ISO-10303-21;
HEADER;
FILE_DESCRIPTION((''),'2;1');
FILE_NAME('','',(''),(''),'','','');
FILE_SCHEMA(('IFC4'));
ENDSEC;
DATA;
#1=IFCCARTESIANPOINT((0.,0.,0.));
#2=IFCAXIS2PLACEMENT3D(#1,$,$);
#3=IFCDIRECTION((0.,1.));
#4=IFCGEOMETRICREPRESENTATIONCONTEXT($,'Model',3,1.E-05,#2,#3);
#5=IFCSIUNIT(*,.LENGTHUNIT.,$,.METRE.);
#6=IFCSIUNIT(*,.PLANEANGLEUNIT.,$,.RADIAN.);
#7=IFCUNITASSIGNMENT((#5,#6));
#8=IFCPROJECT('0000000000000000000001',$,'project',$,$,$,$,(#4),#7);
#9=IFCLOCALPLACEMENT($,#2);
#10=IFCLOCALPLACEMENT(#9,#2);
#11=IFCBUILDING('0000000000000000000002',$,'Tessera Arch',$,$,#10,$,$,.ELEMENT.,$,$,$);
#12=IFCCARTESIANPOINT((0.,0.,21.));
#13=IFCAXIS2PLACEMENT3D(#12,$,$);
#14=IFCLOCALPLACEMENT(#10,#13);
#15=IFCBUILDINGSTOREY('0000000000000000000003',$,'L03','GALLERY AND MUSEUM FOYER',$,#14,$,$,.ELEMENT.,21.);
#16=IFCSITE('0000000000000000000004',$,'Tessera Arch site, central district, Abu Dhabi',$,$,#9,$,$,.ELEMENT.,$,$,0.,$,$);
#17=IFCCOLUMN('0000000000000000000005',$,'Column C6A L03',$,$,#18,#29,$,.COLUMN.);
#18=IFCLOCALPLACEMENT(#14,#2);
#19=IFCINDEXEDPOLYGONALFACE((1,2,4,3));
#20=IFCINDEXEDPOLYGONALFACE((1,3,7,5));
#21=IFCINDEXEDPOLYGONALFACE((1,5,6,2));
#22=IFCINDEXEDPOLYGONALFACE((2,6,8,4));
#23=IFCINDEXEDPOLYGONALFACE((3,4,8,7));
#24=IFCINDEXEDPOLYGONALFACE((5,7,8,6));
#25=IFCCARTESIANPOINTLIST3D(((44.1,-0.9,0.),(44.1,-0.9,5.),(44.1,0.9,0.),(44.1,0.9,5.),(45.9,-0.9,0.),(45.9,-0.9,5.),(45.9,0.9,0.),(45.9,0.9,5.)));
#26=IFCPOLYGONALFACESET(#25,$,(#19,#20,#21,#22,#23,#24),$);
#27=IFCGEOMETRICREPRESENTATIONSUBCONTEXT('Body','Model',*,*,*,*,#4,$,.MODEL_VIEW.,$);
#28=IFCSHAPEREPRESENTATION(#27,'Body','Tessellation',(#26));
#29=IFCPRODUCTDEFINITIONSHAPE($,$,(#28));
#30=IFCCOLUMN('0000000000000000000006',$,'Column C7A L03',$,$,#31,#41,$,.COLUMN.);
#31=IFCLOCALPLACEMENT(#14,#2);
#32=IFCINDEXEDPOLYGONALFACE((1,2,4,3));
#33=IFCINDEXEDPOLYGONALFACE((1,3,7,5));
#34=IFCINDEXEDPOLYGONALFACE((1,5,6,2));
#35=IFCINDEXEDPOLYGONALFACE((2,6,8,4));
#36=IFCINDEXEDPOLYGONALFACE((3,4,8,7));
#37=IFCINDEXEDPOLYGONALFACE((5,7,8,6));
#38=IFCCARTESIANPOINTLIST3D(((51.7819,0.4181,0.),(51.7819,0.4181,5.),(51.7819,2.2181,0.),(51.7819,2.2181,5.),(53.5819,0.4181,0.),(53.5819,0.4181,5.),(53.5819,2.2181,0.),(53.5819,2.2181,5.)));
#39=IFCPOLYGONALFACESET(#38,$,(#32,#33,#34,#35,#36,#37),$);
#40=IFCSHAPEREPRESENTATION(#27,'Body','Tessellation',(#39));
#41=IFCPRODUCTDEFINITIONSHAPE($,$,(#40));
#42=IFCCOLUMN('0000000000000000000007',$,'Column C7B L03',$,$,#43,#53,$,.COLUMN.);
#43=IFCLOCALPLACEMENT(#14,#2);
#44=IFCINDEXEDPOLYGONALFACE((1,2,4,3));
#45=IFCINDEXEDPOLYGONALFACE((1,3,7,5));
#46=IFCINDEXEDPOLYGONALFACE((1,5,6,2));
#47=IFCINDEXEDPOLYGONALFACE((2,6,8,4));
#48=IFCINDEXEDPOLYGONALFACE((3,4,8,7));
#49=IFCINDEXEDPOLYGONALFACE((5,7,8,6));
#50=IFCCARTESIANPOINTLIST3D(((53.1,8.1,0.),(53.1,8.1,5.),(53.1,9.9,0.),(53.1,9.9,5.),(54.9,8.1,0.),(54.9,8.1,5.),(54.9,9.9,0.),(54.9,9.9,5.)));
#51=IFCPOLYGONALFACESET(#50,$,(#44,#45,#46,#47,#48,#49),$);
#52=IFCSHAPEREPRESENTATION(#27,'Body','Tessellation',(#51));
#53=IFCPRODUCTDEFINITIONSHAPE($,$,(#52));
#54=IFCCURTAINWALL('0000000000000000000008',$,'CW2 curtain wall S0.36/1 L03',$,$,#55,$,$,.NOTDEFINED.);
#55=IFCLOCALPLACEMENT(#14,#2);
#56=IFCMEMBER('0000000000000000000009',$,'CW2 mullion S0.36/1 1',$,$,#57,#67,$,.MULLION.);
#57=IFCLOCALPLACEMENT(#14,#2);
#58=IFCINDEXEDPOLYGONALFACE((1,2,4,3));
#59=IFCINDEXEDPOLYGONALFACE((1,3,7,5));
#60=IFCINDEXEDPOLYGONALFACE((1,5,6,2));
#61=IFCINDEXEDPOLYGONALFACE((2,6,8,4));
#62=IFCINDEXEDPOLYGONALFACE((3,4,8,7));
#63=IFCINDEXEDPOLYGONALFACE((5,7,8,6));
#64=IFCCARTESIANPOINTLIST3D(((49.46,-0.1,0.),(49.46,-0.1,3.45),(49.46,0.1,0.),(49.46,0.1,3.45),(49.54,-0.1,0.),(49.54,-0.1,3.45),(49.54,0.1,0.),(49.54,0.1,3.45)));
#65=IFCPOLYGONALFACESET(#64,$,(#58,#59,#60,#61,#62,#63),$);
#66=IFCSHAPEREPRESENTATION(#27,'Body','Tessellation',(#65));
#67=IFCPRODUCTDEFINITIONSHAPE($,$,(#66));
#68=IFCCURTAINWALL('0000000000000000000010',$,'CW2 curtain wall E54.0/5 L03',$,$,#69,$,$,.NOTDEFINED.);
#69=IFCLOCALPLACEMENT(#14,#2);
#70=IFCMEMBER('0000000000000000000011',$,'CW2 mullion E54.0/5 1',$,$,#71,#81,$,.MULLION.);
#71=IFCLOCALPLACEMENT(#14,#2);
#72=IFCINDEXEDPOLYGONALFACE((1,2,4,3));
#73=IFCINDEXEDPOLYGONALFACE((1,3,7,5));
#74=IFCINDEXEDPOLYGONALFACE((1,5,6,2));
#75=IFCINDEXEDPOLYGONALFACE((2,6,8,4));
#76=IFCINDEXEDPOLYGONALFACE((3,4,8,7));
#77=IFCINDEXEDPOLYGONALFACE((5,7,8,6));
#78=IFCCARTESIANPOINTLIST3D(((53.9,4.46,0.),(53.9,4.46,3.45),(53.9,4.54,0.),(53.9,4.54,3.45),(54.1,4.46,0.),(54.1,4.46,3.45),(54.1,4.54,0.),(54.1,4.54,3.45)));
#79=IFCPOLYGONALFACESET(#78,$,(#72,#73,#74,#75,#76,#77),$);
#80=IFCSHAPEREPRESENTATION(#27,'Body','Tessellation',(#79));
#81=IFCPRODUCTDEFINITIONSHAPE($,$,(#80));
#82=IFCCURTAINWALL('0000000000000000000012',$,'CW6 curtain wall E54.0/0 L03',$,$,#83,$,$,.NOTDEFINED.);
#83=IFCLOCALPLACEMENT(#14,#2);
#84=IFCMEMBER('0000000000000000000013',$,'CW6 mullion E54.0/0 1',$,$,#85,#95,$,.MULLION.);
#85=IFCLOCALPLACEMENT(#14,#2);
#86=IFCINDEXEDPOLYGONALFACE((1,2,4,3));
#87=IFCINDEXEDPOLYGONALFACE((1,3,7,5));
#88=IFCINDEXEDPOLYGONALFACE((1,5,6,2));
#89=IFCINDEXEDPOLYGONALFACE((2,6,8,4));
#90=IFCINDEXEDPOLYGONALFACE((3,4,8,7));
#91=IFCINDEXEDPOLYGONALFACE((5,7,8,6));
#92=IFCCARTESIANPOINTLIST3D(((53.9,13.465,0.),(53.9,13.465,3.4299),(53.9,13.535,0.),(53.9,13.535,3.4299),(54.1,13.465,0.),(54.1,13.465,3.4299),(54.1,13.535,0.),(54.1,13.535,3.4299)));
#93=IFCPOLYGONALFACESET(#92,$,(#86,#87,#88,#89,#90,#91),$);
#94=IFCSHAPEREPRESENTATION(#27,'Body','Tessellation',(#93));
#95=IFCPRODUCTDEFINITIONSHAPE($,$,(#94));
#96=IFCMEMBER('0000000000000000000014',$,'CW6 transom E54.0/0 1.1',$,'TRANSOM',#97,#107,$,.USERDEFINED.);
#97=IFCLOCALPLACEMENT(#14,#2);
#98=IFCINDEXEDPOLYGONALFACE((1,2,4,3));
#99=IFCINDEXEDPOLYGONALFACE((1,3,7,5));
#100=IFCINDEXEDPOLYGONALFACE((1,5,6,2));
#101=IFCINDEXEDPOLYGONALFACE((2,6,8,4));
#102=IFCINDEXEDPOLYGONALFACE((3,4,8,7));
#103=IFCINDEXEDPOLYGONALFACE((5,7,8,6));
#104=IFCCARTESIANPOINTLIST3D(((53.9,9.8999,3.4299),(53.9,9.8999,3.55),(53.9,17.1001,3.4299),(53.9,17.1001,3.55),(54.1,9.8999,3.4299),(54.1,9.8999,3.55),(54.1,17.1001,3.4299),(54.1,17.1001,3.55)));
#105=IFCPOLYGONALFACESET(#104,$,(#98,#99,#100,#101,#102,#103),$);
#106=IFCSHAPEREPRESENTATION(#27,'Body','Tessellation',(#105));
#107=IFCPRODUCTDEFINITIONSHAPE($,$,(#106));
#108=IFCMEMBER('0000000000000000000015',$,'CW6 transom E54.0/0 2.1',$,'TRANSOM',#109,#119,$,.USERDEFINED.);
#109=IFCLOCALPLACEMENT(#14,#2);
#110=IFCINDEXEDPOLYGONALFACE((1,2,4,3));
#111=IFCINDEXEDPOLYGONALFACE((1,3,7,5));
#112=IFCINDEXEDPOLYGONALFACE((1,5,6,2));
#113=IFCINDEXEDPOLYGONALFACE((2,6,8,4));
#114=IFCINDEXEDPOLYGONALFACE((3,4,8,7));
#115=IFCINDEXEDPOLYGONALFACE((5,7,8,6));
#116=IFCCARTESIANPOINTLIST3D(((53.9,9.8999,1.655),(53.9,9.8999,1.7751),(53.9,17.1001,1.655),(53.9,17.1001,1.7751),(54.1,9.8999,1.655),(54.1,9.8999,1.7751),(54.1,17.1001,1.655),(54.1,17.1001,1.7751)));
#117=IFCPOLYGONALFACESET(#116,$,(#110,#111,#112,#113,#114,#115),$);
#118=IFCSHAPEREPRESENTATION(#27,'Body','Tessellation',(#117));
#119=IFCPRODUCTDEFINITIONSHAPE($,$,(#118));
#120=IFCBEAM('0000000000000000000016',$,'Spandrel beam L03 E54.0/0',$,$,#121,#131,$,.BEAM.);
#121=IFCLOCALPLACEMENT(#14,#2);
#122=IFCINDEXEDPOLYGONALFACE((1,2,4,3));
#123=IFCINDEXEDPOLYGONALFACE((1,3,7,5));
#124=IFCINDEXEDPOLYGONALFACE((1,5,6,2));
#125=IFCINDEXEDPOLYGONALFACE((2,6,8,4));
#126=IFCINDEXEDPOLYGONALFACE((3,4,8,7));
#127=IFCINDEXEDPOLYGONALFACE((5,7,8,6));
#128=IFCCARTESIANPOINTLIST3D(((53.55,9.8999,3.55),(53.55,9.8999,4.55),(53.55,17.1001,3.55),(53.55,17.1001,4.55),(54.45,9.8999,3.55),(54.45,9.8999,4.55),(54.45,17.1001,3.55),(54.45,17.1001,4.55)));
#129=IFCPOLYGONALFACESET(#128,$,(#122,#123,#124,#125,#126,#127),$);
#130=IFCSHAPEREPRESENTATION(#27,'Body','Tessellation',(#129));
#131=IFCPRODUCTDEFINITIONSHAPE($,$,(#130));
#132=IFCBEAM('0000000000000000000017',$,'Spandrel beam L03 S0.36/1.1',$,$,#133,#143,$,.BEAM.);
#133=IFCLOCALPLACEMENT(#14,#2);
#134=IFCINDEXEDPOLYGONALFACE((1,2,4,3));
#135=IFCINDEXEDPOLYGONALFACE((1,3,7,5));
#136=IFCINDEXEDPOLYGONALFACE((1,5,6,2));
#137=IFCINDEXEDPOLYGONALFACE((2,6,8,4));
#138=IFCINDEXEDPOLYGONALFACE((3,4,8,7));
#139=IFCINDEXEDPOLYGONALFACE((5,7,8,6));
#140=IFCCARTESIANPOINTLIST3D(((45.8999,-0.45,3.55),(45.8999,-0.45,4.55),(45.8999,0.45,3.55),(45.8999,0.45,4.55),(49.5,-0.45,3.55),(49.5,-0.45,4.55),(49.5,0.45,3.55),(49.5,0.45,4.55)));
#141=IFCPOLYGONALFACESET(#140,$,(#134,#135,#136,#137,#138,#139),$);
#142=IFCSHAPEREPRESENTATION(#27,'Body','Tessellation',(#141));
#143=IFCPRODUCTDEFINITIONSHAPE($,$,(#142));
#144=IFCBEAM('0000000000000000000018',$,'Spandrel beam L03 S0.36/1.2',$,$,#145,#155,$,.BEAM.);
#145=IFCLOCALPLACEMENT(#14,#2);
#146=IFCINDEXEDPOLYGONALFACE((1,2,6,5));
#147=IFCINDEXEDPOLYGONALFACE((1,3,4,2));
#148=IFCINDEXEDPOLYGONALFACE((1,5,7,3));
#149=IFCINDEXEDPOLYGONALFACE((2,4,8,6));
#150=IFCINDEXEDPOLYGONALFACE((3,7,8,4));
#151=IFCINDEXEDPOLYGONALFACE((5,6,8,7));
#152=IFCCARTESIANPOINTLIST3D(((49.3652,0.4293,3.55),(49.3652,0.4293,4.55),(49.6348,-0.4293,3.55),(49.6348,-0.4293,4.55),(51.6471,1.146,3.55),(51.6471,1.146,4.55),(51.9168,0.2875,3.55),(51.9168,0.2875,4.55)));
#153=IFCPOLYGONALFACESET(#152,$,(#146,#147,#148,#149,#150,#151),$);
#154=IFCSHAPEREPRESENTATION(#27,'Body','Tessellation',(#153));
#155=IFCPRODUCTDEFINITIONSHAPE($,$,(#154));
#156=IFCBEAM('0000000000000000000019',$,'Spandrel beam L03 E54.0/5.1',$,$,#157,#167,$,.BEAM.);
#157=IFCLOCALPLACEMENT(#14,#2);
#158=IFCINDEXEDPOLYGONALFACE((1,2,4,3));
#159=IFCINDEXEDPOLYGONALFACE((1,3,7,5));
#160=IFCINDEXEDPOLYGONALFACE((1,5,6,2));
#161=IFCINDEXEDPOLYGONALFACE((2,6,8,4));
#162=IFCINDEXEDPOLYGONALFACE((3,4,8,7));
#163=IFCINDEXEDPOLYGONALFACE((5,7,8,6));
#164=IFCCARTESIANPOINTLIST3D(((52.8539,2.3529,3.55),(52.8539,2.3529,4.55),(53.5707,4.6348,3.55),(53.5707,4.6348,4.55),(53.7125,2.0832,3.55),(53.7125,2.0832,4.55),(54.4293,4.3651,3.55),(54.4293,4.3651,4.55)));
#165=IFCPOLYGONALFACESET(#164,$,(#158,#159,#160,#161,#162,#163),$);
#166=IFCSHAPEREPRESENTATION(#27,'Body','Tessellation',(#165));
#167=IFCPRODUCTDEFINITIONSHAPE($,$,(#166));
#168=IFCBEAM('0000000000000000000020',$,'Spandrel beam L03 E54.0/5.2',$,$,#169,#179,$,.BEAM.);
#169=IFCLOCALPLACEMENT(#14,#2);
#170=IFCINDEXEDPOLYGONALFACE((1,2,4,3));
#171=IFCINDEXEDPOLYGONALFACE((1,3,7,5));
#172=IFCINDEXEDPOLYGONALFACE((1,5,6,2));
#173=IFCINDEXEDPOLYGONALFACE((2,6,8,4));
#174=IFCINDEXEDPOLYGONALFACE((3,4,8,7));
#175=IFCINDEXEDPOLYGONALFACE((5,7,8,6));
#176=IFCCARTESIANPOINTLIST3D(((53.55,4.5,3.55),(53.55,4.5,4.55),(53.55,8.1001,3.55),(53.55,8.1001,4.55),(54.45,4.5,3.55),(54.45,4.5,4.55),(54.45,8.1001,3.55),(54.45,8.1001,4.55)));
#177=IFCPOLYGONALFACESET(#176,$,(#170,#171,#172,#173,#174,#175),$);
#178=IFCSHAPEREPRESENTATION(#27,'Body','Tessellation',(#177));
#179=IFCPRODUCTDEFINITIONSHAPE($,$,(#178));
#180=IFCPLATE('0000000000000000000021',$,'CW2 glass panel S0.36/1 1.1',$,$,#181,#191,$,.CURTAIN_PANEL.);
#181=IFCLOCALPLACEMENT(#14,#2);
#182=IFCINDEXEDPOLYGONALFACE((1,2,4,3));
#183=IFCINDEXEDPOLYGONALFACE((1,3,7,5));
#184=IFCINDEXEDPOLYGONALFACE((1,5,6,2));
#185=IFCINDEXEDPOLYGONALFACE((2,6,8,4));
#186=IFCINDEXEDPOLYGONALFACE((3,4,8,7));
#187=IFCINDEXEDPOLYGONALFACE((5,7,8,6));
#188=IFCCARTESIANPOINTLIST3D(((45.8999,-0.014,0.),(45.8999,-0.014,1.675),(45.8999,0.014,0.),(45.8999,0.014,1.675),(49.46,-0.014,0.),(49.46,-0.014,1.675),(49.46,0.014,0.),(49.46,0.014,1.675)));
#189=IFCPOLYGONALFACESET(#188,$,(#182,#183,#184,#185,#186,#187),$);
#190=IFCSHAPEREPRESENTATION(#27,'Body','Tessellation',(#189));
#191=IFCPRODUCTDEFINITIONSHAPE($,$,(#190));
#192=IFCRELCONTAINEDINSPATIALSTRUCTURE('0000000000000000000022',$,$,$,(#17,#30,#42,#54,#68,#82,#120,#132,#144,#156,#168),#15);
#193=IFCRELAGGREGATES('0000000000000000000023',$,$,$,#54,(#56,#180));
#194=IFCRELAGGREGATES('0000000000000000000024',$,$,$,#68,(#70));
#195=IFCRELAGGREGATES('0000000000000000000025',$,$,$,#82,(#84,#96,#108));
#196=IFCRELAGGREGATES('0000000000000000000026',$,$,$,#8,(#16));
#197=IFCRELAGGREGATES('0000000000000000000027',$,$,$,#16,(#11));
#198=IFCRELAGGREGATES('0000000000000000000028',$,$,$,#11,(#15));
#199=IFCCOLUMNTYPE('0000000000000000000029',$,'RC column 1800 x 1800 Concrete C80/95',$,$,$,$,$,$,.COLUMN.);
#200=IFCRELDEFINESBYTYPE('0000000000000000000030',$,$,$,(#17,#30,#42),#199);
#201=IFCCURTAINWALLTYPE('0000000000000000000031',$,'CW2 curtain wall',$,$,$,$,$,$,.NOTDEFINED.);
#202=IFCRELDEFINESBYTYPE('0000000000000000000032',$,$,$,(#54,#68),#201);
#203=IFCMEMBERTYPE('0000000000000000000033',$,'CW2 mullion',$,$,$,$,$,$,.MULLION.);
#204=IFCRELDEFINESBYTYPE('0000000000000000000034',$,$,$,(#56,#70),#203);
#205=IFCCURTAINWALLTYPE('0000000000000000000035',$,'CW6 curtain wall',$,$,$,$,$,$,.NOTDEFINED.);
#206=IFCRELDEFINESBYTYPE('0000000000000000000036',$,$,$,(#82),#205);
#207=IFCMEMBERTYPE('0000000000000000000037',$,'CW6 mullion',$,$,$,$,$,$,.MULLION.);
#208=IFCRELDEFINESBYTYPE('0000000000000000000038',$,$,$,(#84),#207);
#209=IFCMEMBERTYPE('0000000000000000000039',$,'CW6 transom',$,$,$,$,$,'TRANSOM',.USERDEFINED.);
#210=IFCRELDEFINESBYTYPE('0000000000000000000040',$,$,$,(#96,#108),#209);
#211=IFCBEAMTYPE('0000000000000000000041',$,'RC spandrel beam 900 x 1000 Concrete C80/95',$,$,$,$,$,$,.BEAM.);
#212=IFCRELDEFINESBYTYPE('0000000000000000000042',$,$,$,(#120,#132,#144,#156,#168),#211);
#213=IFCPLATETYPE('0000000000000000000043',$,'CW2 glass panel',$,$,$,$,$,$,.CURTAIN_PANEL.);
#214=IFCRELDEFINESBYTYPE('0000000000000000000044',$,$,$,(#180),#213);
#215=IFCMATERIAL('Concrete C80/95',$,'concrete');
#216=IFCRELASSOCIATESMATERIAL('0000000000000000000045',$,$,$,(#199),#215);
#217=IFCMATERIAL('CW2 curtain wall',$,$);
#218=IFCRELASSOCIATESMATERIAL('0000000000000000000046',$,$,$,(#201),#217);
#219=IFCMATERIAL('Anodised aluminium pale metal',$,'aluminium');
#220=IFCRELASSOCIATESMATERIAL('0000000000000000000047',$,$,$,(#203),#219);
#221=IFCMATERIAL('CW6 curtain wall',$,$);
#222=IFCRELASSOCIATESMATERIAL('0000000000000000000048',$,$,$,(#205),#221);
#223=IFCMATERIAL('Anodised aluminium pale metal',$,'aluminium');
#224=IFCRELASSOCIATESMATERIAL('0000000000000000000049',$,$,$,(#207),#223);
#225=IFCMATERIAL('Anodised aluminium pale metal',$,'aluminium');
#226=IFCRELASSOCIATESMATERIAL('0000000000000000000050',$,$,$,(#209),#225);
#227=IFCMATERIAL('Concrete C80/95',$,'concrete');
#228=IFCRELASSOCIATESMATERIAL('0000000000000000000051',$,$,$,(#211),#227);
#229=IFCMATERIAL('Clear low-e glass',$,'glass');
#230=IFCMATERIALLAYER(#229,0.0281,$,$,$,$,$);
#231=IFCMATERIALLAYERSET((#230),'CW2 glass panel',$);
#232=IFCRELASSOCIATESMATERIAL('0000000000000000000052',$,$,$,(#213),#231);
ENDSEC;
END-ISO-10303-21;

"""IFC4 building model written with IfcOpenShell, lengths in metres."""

from ifc_helpers import new_model, si_unit, direction, frame, origin, origin_2d, place, context, subcontext, project, spatial, rectangle, extrude, material, layer, layer_set, material_profile, profile_set, type_object, element, aggregate, save


model = new_model("IFC4")

# Units and contexts
model_context = context("Model", 3, precision=1e-05, world=origin(), true_north=direction((0.0, 1.0)))
body_context = subcontext(model_context, "Body", "Model", "MODEL_VIEW")
ifc_project = project(units=[si_unit("LENGTHUNIT", "METRE"), si_unit("PLANEANGLEUNIT", "RADIAN")], contexts=[model_context])

# Site, building, storey
site_placement = place(None, origin())
site = spatial("IfcSite", under=ifc_project, at=site_placement, Name="Tessera Arch site, central district, Abu Dhabi", CompositionType="ELEMENT", RefElevation=0.0)
building_placement = place(site_placement, origin())
building = spatial("IfcBuilding", under=site, at=building_placement, Name="Tessera Arch", CompositionType="ELEMENT")
storey_placement = place(building_placement, frame((0.0, 0.0, 21.0)))
storey = spatial("IfcBuildingStorey", under=building, at=storey_placement, Name="L03", Description="GALLERY AND MUSEUM FOYER", CompositionType="ELEMENT", Elevation=21.0)

# Columns
ifc_material_1 = material(Name="Concrete C80/95", Category="concrete")
ifc_material_profile_1 = material_profile(ifc_material_1, rectangle(XDim=1.8, YDim=1.8, at=origin_2d()), Name="RC column 1800 x 1800 Concrete C80/95")
ifc_profile_set_1 = profile_set([ifc_material_profile_1], Name="Concrete C80/95")
column_type = type_object("IfcColumnType", Name="RC column 1800 x 1800 Concrete C80/95", PredefinedType="COLUMN", material=ifc_profile_set_1)
for number, where, z_axis, x_axis, name in (
    (1, (45.0, 0.0, 0.0), (0.0, 0.0, 1.0), (1.0, 0.0, 0.0), "Column C6A L03"),
    (2, (52.6819, 1.3181, 0.0), (0.0, 0.0, 1.0), (1.0, 0.0, 0.0), "Column C7A L03"),
    (3, (54.0, 9.0, 0.0), (0.0, 0.0, 1.0), (1.0, 0.0, 0.0), "Column C7B L03"),
):
    element("IfcColumn", number, at=place(storey_placement, frame(where, z_axis=z_axis, x_axis=x_axis)), inside=storey, type_object=column_type, Name=name, PredefinedType="COLUMN", context=body_context, shape_type="SweptSolid", body=[
        extrude(rectangle(XDim=1.8, YDim=1.8, at=origin_2d()), origin(), (0.0, 0.0, 1.0), 5.0),
    ])

# Curtain walls, members
ifc_material_2 = material(Name="CW2 curtain wall")
curtain_wall_type_1 = type_object("IfcCurtainWallType", Name="CW2 curtain wall", PredefinedType="NOTDEFINED", material=ifc_material_2)
curtain_wall_1_placement = place(storey_placement, origin())
curtain_wall_1 = element("IfcCurtainWall", 4, at=curtain_wall_1_placement, inside=storey, type_object=curtain_wall_type_1, Name="CW2 curtain wall S0.36/1 L03", PredefinedType="NOTDEFINED")
ifc_material_3 = material(Name="Anodised aluminium pale metal", Category="aluminium")
ifc_material_profile_2 = material_profile(ifc_material_3, rectangle(XDim=0.2, YDim=0.0801, at=origin_2d()), Name="AL 80x200")
ifc_profile_set_2 = profile_set([ifc_material_profile_2], Name="Anodised aluminium pale metal")
member_type_1 = type_object("IfcMemberType", Name="CW2 mullion", PredefinedType="MULLION", material=ifc_profile_set_2)
member_1_placement = place(storey_placement, frame((49.5, 0.0, 0.0), z_axis=(0.0, 0.0, 1.0), x_axis=(0.0, 1.0, 0.0)))
member_1 = element("IfcMember", 5, at=member_1_placement, type_object=member_type_1, Name="CW2 mullion S0.36/1 1", PredefinedType="MULLION", context=body_context, shape_type="SweptSolid", body=[
    extrude(rectangle(XDim=0.2, YDim=0.0801, at=origin_2d()), origin(), (0.0, 0.0, 1.0), 3.45),
])
curtain_wall_2_placement = place(storey_placement, origin())
curtain_wall_2 = element("IfcCurtainWall", 6, at=curtain_wall_2_placement, inside=storey, type_object=curtain_wall_type_1, Name="CW2 curtain wall E54.0/5 L03", PredefinedType="NOTDEFINED")
member_2_placement = place(storey_placement, frame((54.0, 4.5, 0.0), z_axis=(0.0, 0.0, 1.0), x_axis=(-1.0, 0.0, 0.0)))
member_2 = element("IfcMember", 7, at=member_2_placement, type_object=member_type_1, Name="CW2 mullion E54.0/5 1", PredefinedType="MULLION", context=body_context, shape_type="SweptSolid", body=[
    extrude(rectangle(XDim=0.2, YDim=0.0801, at=origin_2d()), origin(), (0.0, 0.0, 1.0), 3.45),
])

# Curtain wall, members
ifc_material_4 = material(Name="CW6 curtain wall")
curtain_wall_type_2 = type_object("IfcCurtainWallType", Name="CW6 curtain wall", PredefinedType="NOTDEFINED", material=ifc_material_4)
curtain_wall_3_placement = place(storey_placement, origin())
curtain_wall_3 = element("IfcCurtainWall", 8, at=curtain_wall_3_placement, inside=storey, type_object=curtain_wall_type_2, Name="CW6 curtain wall E54.0/0 L03", PredefinedType="NOTDEFINED")
ifc_material_5 = material(Name="Anodised aluminium pale metal", Category="aluminium")
ifc_material_profile_3 = material_profile(ifc_material_5, rectangle(XDim=0.2, YDim=0.0701, at=origin_2d()), Name="AL 70x200")
ifc_profile_set_3 = profile_set([ifc_material_profile_3], Name="Anodised aluminium pale metal")
member_type_2 = type_object("IfcMemberType", Name="CW6 mullion", PredefinedType="MULLION", material=ifc_profile_set_3)
member_3_placement = place(storey_placement, frame((54.0, 13.5, 0.0), z_axis=(0.0, 0.0, 1.0), x_axis=(-1.0, 0.0, 0.0)))
member_3 = element("IfcMember", 9, at=member_3_placement, type_object=member_type_2, Name="CW6 mullion E54.0/0 1", PredefinedType="MULLION", context=body_context, shape_type="SweptSolid", body=[
    extrude(rectangle(XDim=0.2, YDim=0.0701, at=origin_2d()), origin(), (0.0, 0.0, 1.0), 3.4299),
])
ifc_material_6 = material(Name="Anodised aluminium pale metal", Category="aluminium")
ifc_material_profile_4 = material_profile(ifc_material_6, rectangle(XDim=0.2, YDim=0.1201, at=origin_2d()), Name="AL 200x120")
ifc_profile_set_4 = profile_set([ifc_material_profile_4], Name="Anodised aluminium pale metal")
member_type_3 = type_object("IfcMemberType", Name="CW6 transom", ElementType="TRANSOM", PredefinedType="USERDEFINED", material=ifc_profile_set_4)
member_4_placement = place(storey_placement, frame((54.0, 9.8999, 3.49), z_axis=(0.0, 1.0, 0.0), x_axis=(-1.0, 0.0, 0.0)))
member_4 = element("IfcMember", 10, at=member_4_placement, type_object=member_type_3, Name="CW6 transom E54.0/0 1.1", ObjectType="TRANSOM", PredefinedType="USERDEFINED", context=body_context, shape_type="SweptSolid", body=[
    extrude(rectangle(XDim=0.2, YDim=0.1201, at=origin_2d()), origin(), (0.0, 0.0, 1.0), 7.2002),
])
member_5_placement = place(storey_placement, frame((54.0, 9.8999, 1.7151), z_axis=(0.0, 1.0, 0.0), x_axis=(-1.0, 0.0, 0.0)))
member_5 = element("IfcMember", 11, at=member_5_placement, type_object=member_type_3, Name="CW6 transom E54.0/0 2.1", ObjectType="TRANSOM", PredefinedType="USERDEFINED", context=body_context, shape_type="SweptSolid", body=[
    extrude(rectangle(XDim=0.2, YDim=0.1201, at=origin_2d()), origin(), (0.0, 0.0, 1.0), 7.2002),
])

# Beams
ifc_material_7 = material(Name="Concrete C80/95", Category="concrete")
ifc_material_profile_5 = material_profile(ifc_material_7, rectangle(XDim=0.8999, YDim=1.0, at=origin_2d()), Name="RC spandrel beam 900 x 1000 Concrete C80/95")
ifc_profile_set_5 = profile_set([ifc_material_profile_5], Name="Concrete C80/95")
beam_type = type_object("IfcBeamType", Name="RC spandrel beam 900 x 1000 Concrete C80/95", PredefinedType="BEAM", material=ifc_profile_set_5)
beam_1_placement = place(storey_placement, frame((54.0, 9.8999, 4.05), z_axis=(0.0, 1.0, 0.0), x_axis=(-1.0, 0.0, 0.0)))
element("IfcBeam", 12, at=beam_1_placement, inside=storey, type_object=beam_type, Name="Spandrel beam L03 E54.0/0", PredefinedType="BEAM", context=body_context, shape_type="SweptSolid", body=[
    extrude(rectangle(XDim=0.8999, YDim=1.0, at=origin_2d()), origin(), (0.0, 0.0, 1.0), 7.2002),
])
beam_2_placement = place(storey_placement, frame((45.8999, 0.0, 4.05), z_axis=(1.0, 0.0, 0.0), x_axis=(0.0, 1.0, 0.0)))
element("IfcBeam", 13, at=beam_2_placement, inside=storey, type_object=beam_type, Name="Spandrel beam L03 S0.36/1.1", PredefinedType="BEAM", context=body_context, shape_type="SweptSolid", body=[
    extrude(rectangle(XDim=0.8999, YDim=1.0, at=origin_2d()), origin(), (0.0, 0.0, 1.0), 3.6001),
])
for number, where, z_axis, x_axis, name in (
    (14, (49.5, 0.0, 4.05), (0.954041, 0.299675, 0.0), (-0.299675, 0.954041, 0.0), "Spandrel beam L03 S0.36/1.2"),
    (15, (53.2832, 2.218, 4.05), (0.299675, 0.954041, 0.0), (-0.954041, 0.299675, 0.0), "Spandrel beam L03 E54.0/5.1"),
):
    element("IfcBeam", number, at=place(storey_placement, frame(where, z_axis=z_axis, x_axis=x_axis)), inside=storey, type_object=beam_type, Name=name, PredefinedType="BEAM", context=body_context, shape_type="SweptSolid", body=[
        extrude(rectangle(XDim=0.8999, YDim=1.0, at=origin_2d()), origin(), (0.0, 0.0, 1.0), 2.3918),
    ])
beam_3_placement = place(storey_placement, frame((54.0, 4.5, 4.05), z_axis=(0.0, 1.0, 0.0), x_axis=(-1.0, 0.0, 0.0)))
element("IfcBeam", 16, at=beam_3_placement, inside=storey, type_object=beam_type, Name="Spandrel beam L03 E54.0/5.2", PredefinedType="BEAM", context=body_context, shape_type="SweptSolid", body=[
    extrude(rectangle(XDim=0.8999, YDim=1.0, at=origin_2d()), origin(), (0.0, 0.0, 1.0), 3.6001),
])

# Plate
ifc_material_8 = material(Name="Clear low-e glass", Category="glass")
ifc_layer_1 = layer(ifc_material_8, 0.0281)
ifc_layer_set_1 = layer_set([ifc_layer_1], Name="CW2 glass panel")
plate_type_1 = type_object("IfcPlateType", Name="CW2 glass panel", PredefinedType="CURTAIN_PANEL", material=ifc_layer_set_1)
plate_1_placement = place(storey_placement, frame((47.6799, 0.0, 0.0), z_axis=(0.0, 0.0, 1.0), x_axis=(1.0, 0.0, 0.0)))
plate_1 = element("IfcPlate", 17, at=plate_1_placement, type_object=plate_type_1, Name="CW2 glass panel S0.36/1 1.1", PredefinedType="CURTAIN_PANEL", context=body_context, shape_type="SweptSolid", body=[
    extrude(rectangle(XDim=3.5601, YDim=0.0281, at=origin_2d()), origin(), (0.0, 0.0, 1.0), 1.675),
])
aggregate(curtain_wall_1, [member_1, plate_1])
aggregate(curtain_wall_2, [member_2])
aggregate(curtain_wall_3, [member_3, member_4, member_5])

save(model, "model.ifc")
